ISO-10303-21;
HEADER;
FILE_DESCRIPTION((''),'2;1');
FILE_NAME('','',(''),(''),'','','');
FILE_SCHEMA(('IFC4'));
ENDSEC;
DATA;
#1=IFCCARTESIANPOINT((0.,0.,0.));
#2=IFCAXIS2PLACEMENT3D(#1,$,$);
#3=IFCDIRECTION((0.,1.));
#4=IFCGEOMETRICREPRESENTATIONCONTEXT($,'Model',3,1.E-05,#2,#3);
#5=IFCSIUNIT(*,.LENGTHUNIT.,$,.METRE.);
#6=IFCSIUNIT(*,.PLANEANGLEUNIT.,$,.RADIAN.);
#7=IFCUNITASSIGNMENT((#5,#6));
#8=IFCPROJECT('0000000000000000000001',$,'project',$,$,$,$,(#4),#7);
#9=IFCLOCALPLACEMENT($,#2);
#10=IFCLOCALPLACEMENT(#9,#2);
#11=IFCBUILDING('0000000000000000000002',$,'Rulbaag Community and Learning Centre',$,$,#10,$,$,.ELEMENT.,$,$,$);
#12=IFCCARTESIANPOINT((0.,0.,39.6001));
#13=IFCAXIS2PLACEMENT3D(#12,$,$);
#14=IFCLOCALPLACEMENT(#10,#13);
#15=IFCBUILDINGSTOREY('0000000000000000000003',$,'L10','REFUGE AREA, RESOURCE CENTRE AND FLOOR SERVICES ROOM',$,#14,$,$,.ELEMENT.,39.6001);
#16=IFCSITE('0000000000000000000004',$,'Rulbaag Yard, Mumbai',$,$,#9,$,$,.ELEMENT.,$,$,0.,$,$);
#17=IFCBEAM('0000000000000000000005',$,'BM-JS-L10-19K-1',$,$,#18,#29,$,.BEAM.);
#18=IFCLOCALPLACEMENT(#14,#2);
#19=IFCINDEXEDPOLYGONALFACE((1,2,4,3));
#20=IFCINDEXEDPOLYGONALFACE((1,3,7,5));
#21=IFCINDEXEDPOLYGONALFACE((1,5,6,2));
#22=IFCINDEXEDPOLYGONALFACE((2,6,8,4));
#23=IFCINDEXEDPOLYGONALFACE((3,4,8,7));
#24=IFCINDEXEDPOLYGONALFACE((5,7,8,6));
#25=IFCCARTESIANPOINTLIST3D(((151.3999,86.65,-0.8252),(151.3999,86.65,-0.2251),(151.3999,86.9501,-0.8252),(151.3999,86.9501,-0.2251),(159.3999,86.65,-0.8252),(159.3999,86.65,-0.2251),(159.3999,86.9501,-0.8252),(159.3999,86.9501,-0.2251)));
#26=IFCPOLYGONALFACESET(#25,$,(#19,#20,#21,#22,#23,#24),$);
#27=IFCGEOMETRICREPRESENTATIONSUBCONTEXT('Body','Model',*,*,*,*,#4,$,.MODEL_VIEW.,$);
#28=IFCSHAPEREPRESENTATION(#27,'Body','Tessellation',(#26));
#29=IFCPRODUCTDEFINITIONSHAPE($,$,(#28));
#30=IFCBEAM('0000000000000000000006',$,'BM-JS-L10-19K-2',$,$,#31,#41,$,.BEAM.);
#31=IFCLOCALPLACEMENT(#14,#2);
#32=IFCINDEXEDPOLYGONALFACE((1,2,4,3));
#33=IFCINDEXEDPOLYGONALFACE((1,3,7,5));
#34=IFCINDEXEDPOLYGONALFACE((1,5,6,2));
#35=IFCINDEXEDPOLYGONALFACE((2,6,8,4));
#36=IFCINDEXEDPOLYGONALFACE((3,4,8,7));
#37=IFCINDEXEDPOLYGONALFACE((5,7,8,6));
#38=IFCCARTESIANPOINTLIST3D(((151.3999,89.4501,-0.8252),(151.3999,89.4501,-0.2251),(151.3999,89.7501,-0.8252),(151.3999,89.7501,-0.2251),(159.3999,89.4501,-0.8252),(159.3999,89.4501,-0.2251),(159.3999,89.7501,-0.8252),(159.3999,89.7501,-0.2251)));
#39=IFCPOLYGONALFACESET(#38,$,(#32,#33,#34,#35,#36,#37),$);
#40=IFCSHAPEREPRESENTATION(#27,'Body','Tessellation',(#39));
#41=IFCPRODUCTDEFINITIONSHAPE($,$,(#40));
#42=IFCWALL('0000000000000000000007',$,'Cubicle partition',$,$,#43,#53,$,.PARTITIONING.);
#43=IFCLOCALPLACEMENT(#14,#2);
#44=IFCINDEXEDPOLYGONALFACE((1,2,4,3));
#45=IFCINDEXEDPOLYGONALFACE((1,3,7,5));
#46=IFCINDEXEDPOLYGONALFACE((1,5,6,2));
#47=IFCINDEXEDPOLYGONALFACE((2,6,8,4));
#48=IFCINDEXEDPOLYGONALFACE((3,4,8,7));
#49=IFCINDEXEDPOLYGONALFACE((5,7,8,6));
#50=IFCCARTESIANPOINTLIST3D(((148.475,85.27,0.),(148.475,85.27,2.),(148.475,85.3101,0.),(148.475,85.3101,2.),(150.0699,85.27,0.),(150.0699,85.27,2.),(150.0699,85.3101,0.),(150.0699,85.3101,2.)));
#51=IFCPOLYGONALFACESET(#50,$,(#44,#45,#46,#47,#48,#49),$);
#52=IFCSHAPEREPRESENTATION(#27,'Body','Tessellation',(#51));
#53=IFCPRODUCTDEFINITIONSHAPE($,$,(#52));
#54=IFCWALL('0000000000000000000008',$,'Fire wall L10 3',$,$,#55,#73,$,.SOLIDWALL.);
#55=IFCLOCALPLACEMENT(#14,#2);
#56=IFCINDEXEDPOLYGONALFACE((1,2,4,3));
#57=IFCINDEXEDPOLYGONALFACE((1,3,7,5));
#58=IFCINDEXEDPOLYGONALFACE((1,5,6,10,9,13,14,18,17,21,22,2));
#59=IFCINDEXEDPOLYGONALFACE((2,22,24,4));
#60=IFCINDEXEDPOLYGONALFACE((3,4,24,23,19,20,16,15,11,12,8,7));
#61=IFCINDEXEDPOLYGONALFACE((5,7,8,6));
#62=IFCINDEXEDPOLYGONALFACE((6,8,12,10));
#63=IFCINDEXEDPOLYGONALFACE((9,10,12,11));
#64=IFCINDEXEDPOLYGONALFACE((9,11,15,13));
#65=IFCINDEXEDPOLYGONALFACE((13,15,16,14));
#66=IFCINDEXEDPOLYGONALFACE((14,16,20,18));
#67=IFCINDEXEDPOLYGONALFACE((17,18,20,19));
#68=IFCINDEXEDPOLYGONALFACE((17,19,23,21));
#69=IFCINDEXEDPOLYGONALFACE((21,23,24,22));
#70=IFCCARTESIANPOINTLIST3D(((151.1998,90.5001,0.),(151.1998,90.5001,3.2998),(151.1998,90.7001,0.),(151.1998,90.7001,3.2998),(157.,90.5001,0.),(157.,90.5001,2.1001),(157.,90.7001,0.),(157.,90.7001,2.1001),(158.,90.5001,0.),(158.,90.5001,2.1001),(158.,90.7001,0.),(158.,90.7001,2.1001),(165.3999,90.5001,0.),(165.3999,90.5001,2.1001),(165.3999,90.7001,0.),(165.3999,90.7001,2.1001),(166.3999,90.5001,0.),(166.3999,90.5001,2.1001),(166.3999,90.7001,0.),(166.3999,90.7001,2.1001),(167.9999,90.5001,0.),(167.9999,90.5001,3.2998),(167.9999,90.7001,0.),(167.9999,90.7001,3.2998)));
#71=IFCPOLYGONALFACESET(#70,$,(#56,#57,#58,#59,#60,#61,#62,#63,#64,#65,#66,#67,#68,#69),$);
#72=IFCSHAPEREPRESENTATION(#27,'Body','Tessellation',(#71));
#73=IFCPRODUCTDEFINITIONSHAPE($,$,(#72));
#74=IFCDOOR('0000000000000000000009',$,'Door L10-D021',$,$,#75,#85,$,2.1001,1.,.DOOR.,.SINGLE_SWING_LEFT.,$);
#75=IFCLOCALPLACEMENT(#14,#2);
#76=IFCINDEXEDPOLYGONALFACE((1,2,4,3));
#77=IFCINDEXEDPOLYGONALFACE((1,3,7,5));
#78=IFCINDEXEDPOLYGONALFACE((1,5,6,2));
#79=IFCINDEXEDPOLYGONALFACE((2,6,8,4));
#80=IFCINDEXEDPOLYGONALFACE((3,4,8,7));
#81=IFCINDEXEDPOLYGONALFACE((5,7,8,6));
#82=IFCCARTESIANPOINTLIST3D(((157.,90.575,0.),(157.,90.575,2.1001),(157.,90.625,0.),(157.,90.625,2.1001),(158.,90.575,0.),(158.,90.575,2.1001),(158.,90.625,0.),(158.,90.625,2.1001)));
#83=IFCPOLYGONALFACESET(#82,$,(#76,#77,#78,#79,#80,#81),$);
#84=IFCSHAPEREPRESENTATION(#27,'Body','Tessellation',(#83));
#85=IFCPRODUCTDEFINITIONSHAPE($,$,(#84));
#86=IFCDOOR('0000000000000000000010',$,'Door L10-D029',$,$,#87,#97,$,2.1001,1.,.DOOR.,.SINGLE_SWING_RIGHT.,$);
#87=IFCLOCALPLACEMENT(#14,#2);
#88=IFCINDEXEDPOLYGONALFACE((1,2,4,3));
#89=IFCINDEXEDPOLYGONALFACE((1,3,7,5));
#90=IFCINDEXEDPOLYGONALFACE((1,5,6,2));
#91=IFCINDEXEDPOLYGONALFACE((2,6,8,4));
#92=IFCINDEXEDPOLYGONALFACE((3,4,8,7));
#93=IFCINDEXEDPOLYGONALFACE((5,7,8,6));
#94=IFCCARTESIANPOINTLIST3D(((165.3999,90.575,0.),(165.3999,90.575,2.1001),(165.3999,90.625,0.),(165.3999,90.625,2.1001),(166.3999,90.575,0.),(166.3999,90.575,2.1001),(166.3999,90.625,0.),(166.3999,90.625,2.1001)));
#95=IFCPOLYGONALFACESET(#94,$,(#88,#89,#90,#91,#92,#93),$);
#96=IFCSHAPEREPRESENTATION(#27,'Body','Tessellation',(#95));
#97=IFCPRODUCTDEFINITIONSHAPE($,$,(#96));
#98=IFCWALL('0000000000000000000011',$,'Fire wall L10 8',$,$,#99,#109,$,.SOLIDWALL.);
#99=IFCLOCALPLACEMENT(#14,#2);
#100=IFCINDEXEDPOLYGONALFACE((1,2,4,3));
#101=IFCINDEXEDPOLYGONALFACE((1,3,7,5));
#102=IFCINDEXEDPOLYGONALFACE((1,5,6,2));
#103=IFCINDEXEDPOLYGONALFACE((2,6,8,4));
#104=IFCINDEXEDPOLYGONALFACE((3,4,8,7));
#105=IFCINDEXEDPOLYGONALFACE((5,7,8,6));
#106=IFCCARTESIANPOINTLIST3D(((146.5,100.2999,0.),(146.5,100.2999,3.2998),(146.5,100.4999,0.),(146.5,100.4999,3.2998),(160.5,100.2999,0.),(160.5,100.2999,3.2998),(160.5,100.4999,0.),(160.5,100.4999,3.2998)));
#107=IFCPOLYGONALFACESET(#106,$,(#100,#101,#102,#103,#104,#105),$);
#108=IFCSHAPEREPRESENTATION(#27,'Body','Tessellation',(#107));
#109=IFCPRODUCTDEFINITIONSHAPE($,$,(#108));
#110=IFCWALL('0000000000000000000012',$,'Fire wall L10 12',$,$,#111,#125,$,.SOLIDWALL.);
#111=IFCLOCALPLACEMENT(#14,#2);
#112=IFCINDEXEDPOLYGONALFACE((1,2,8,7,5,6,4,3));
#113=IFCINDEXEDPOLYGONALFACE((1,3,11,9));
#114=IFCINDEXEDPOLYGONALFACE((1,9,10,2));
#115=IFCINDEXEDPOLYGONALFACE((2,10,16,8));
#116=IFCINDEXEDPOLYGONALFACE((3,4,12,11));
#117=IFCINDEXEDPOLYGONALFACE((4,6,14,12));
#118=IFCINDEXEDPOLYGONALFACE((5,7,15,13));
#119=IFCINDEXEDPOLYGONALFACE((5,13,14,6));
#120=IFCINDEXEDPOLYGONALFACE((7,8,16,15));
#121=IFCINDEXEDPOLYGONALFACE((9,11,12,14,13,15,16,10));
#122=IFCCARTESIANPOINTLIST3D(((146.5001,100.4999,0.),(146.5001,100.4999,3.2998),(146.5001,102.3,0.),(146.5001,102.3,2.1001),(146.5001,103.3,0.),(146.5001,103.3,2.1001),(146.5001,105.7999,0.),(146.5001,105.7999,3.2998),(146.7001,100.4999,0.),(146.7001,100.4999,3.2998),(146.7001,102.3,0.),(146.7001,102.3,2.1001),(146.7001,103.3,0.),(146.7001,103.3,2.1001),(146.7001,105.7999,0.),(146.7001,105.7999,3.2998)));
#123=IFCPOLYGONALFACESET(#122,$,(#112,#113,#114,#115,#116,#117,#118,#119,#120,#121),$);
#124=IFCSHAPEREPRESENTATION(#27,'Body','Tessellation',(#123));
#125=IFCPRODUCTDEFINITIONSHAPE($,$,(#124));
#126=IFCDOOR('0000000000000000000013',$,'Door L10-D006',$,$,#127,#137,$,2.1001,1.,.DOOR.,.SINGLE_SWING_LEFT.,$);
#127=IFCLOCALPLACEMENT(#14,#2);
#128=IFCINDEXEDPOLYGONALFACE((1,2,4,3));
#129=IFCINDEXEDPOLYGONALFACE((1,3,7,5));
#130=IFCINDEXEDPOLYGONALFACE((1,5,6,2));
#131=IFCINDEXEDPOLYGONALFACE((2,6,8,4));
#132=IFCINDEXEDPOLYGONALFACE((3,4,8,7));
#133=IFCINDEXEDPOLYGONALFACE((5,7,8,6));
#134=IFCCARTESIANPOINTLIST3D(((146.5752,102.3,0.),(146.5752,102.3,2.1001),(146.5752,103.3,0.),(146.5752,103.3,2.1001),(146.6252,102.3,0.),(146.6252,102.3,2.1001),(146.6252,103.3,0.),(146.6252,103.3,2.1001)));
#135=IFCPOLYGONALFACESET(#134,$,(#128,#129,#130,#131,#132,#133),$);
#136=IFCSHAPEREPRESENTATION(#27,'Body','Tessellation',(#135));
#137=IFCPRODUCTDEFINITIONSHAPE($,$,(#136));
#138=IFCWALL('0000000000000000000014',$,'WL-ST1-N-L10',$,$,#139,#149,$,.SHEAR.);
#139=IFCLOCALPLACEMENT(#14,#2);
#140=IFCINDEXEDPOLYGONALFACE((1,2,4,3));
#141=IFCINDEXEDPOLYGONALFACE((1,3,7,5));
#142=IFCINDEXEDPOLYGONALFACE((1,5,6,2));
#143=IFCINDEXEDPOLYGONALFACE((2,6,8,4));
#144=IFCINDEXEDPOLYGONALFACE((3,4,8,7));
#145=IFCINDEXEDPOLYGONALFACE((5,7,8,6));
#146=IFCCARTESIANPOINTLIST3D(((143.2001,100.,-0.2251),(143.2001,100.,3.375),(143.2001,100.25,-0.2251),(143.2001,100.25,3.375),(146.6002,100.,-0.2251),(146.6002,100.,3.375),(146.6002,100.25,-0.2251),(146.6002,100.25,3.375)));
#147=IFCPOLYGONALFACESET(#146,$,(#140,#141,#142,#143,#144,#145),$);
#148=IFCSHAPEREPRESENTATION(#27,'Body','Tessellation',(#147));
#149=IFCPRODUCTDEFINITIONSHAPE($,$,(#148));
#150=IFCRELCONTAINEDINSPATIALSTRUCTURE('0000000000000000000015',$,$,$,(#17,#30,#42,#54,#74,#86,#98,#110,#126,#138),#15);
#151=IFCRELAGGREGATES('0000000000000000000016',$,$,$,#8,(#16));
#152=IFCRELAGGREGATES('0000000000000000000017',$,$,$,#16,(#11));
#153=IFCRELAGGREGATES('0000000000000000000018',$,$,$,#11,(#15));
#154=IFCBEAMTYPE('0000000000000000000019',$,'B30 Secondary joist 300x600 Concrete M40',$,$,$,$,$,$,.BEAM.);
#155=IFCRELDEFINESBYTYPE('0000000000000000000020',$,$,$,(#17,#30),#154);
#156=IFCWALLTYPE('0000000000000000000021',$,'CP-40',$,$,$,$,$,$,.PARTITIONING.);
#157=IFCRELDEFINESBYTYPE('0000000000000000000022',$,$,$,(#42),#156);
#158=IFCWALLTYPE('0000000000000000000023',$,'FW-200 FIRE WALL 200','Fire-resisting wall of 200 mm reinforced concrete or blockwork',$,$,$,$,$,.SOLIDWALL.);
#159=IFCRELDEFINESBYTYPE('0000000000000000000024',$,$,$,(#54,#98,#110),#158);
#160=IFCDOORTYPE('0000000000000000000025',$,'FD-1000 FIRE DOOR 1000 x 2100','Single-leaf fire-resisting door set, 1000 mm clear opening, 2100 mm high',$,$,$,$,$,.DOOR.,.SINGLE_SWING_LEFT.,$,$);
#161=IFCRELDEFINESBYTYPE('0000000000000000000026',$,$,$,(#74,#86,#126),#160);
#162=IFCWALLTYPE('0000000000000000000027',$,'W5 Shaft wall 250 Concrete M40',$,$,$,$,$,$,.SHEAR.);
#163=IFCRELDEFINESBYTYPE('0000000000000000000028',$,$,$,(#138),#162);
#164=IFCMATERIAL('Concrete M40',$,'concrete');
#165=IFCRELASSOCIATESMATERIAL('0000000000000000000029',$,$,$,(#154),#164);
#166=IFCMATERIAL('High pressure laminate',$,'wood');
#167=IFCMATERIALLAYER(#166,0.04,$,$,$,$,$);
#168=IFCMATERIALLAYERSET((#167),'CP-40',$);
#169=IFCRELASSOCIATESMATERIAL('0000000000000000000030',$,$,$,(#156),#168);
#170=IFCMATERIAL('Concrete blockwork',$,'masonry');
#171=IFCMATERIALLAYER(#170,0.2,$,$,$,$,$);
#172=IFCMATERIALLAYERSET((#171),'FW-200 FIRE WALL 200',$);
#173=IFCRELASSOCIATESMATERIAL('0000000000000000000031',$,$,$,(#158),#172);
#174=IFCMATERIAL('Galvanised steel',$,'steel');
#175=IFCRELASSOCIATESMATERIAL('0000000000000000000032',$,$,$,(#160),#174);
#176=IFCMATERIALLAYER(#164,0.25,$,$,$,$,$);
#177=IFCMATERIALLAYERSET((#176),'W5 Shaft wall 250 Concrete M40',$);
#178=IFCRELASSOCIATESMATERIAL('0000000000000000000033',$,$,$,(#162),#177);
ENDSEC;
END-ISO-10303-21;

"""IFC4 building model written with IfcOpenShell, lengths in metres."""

from ifc_helpers import new_model, si_unit, direction, frame, frame_2d, origin, origin_2d, place, context, subcontext, project, spatial, rectangle, extrude, material, layer, layer_set, material_profile, profile_set, type_object, element, fill, save


model = new_model("IFC4")

# Units and contexts
model_context = context("Model", 3, precision=1e-05, world=origin(), true_north=direction((0.0, 1.0)))
body_context = subcontext(model_context, "Body", "Model", "MODEL_VIEW")
ifc_project = project(units=[si_unit("LENGTHUNIT", "METRE"), si_unit("PLANEANGLEUNIT", "RADIAN")], contexts=[model_context])

# Site, building, storey
site_placement = place(None, origin())
site = spatial("IfcSite", under=ifc_project, at=site_placement, Name="Rulbaag Yard, Mumbai", CompositionType="ELEMENT", RefElevation=0.0)
building_placement = place(site_placement, origin())
building = spatial("IfcBuilding", under=site, at=building_placement, Name="Rulbaag Community and Learning Centre", CompositionType="ELEMENT")
storey_placement = place(building_placement, frame((0.0, 0.0, 39.6001)))
storey = spatial("IfcBuildingStorey", under=building, at=storey_placement, Name="L10", Description="REFUGE AREA, RESOURCE CENTRE AND FLOOR SERVICES ROOM", CompositionType="ELEMENT", Elevation=39.6001)

# Beams
ifc_material_1 = material(Name="Concrete M40", Category="concrete")
ifc_material_profile = material_profile(ifc_material_1, rectangle(XDim=0.3, YDim=0.6001, at=origin_2d()), Name="RB300x600")
ifc_profile_set = profile_set([ifc_material_profile], Name="Concrete M40")
beam_type = type_object("IfcBeamType", Name="B30 Secondary joist 300x600 Concrete M40", PredefinedType="BEAM", material=ifc_profile_set)
for number, where, z_axis, x_axis, name in (
    (1, (151.3999, 86.8, -0.5251), (1.0, 0.0, 0.0), (0.0, 1.0, 0.0), "BM-JS-L10-19K-1"),
    (2, (151.3999, 89.6001, -0.5251), (1.0, 0.0, 0.0), (0.0, 1.0, 0.0), "BM-JS-L10-19K-2"),
):
    element("IfcBeam", number, at=place(storey_placement, frame(where, z_axis=z_axis, x_axis=x_axis)), inside=storey, type_object=beam_type, Name=name, PredefinedType="BEAM", context=body_context, shape_type="SweptSolid", body=[
        extrude(rectangle(XDim=0.3, YDim=0.6001, at=origin_2d()), origin(), (0.0, 0.0, 1.0), 8.0),
    ])

# Wall
ifc_material_2 = material(Name="High pressure laminate", Category="wood")
ifc_layer_1 = layer(ifc_material_2, 0.04)
ifc_layer_set_1 = layer_set([ifc_layer_1], Name="CP-40")
wall_type_1 = type_object("IfcWallType", Name="CP-40", PredefinedType="PARTITIONING", material=ifc_layer_set_1)
wall_1_placement = place(storey_placement, frame((148.4751, 85.29, 0.0), z_axis=(0.0, 0.0, 1.0), x_axis=(1.0, 0.0, 0.0)))
element("IfcWall", 3, at=wall_1_placement, inside=storey, type_object=wall_type_1, Name="Cubicle partition", PredefinedType="PARTITIONING", context=body_context, shape_type="SweptSolid", body=[
    extrude(rectangle(XDim=1.595, YDim=0.04, at=frame_2d((0.7974, 0.0))), origin(), (0.0, 0.0, 1.0), 2.0),
])

# Wall, openings, doors
ifc_material_3 = material(Name="Concrete blockwork", Category="masonry")
ifc_layer_2 = layer(ifc_material_3, 0.2)
ifc_layer_set_2 = layer_set([ifc_layer_2], Name="FW-200 FIRE WALL 200")
wall_type_2 = type_object("IfcWallType", Name="FW-200 FIRE WALL 200", Description="Fire-resisting wall of 200 mm reinforced concrete or blockwork", PredefinedType="SOLIDWALL", material=ifc_layer_set_2)
wall_2_placement = place(storey_placement, frame((151.2, 90.6001, 0.0), z_axis=(0.0, 0.0, 1.0), x_axis=(1.0, 0.0, 0.0)))
wall_2 = element("IfcWall", 4, at=wall_2_placement, inside=storey, type_object=wall_type_2, Name="Fire wall L10 3", PredefinedType="SOLIDWALL", context=body_context, shape_type="SweptSolid", body=[
    extrude(rectangle(XDim=16.8, YDim=0.2, at=frame_2d((8.3999, 0.0))), origin(), (0.0, 0.0, 1.0), 3.2998),
])
opening_1_placement = place(wall_2_placement, frame((5.8, 0.0, 0.0)))
opening_1 = element("IfcOpeningElement", 5, at=opening_1_placement, cuts=wall_2, PredefinedType="OPENING", context=body_context, shape_type="SweptSolid", body=[
    extrude(rectangle(XDim=1.0, YDim=2.1001, at=frame_2d((0.5, 1.05))), frame((0.0, 0.1099, 0.0), z_axis=(0.0, -1.0, 0.0), x_axis=(1.0, 0.0, 0.0)), (0.0, 0.0, 1.0), 0.22),
])
opening_2_placement = place(wall_2_placement, frame((14.2, 0.0, 0.0)))
opening_2 = element("IfcOpeningElement", 6, at=opening_2_placement, cuts=wall_2, PredefinedType="OPENING", context=body_context, shape_type="SweptSolid", body=[
    extrude(rectangle(XDim=1.0, YDim=2.1001, at=frame_2d((0.5, 1.05))), frame((0.0, 0.1099, 0.0), z_axis=(0.0, -1.0, 0.0), x_axis=(1.0, 0.0, 0.0)), (0.0, 0.0, 1.0), 0.22),
])
ifc_material_4 = material(Name="Galvanised steel", Category="steel")
door_type_1 = type_object("IfcDoorType", Name="FD-1000 FIRE DOOR 1000 x 2100", Description="Single-leaf fire-resisting door set, 1000 mm clear opening, 2100 mm high", OperationType="SINGLE_SWING_LEFT", PredefinedType="DOOR", material=ifc_material_4)
door_1_placement = place(opening_1_placement, origin())
door_1 = element("IfcDoor", 7, at=door_1_placement, inside=storey, type_object=door_type_1, Name="Door L10-D021", OperationType="SINGLE_SWING_LEFT", OverallHeight=2.1001, OverallWidth=1.0, PredefinedType="DOOR", context=body_context, shape_type="SweptSolid", body=[
    extrude(rectangle(XDim=1.0, YDim=2.1001, at=frame_2d((0.5, 1.05))), frame((0.0, 0.0249, 0.0), z_axis=(0.0, -1.0, 0.0), x_axis=(1.0, 0.0, 0.0)), (0.0, 0.0, 1.0), 0.05),
])
fill(opening_1, door_1)
door_2_placement = place(opening_2_placement, origin())
door_2 = element("IfcDoor", 8, at=door_2_placement, inside=storey, type_object=door_type_1, Name="Door L10-D029", OperationType="SINGLE_SWING_RIGHT", OverallHeight=2.1001, OverallWidth=1.0, PredefinedType="DOOR", context=body_context, shape_type="SweptSolid", body=[
    extrude(rectangle(XDim=1.0, YDim=2.1001, at=frame_2d((0.5, 1.05))), frame((0.0, 0.0249, 0.0), z_axis=(0.0, -1.0, 0.0), x_axis=(1.0, 0.0, 0.0)), (0.0, 0.0, 1.0), 0.05),
])
fill(opening_2, door_2)

# Wall
wall_3_placement = place(storey_placement, frame((146.5, 100.3999, 0.0), z_axis=(0.0, 0.0, 1.0), x_axis=(1.0, 0.0, 0.0)))
element("IfcWall", 9, at=wall_3_placement, inside=storey, type_object=wall_type_2, Name="Fire wall L10 8", PredefinedType="SOLIDWALL", context=body_context, shape_type="SweptSolid", body=[
    extrude(rectangle(XDim=14.0, YDim=0.2, at=frame_2d((7.0, 0.0))), origin(), (0.0, 0.0, 1.0), 3.2998),
])

# Wall, opening, door
wall_4_placement = place(storey_placement, frame((146.6001, 100.5, 0.0), z_axis=(0.0, 0.0, 1.0), x_axis=(0.0, 1.0, 0.0)))
wall_4 = element("IfcWall", 10, at=wall_4_placement, inside=storey, type_object=wall_type_2, Name="Fire wall L10 12", PredefinedType="SOLIDWALL", context=body_context, shape_type="SweptSolid", body=[
    extrude(rectangle(XDim=5.3, YDim=0.2, at=frame_2d((2.6499, 0.0))), origin(), (0.0, 0.0, 1.0), 3.2998),
])
opening_3_placement = place(wall_4_placement, frame((1.8, 0.0, 0.0)))
opening_3 = element("IfcOpeningElement", 11, at=opening_3_placement, cuts=wall_4, PredefinedType="OPENING", context=body_context, shape_type="SweptSolid", body=[
    extrude(rectangle(XDim=1.0, YDim=2.1001, at=frame_2d((0.5, 1.05))), frame((0.0, 0.1099, 0.0), z_axis=(0.0, -1.0, 0.0), x_axis=(1.0, 0.0, 0.0)), (0.0, 0.0, 1.0), 0.22),
])
door_3_placement = place(opening_3_placement, origin())
door_3 = element("IfcDoor", 12, at=door_3_placement, inside=storey, type_object=door_type_1, Name="Door L10-D006", OperationType="SINGLE_SWING_LEFT", OverallHeight=2.1001, OverallWidth=1.0, PredefinedType="DOOR", context=body_context, shape_type="SweptSolid", body=[
    extrude(rectangle(XDim=1.0, YDim=2.1001, at=frame_2d((0.5, 1.05))), frame((0.0, 0.0249, 0.0), z_axis=(0.0, -1.0, 0.0), x_axis=(1.0, 0.0, 0.0)), (0.0, 0.0, 1.0), 0.05),
])
fill(opening_3, door_3)

# Wall
ifc_layer_3 = layer(ifc_material_1, 0.25)
ifc_layer_set_3 = layer_set([ifc_layer_3], Name="W5 Shaft wall 250 Concrete M40")
wall_type_3 = type_object("IfcWallType", Name="W5 Shaft wall 250 Concrete M40", PredefinedType="SHEAR", material=ifc_layer_set_3)
wall_5_placement = place(storey_placement, frame((143.2, 100.125, -0.2251), z_axis=(0.0, 0.0, 1.0), x_axis=(1.0, 0.0, 0.0)))
element("IfcWall", 13, at=wall_5_placement, inside=storey, type_object=wall_type_3, Name="WL-ST1-N-L10", PredefinedType="SHEAR", context=body_context, shape_type="SweptSolid", body=[
    extrude(rectangle(XDim=3.4001, YDim=0.25, at=frame_2d((1.7002, 0.0))), origin(), (0.0, 0.0, 1.0), 3.6001),
])

save(model, "model.ifc")
